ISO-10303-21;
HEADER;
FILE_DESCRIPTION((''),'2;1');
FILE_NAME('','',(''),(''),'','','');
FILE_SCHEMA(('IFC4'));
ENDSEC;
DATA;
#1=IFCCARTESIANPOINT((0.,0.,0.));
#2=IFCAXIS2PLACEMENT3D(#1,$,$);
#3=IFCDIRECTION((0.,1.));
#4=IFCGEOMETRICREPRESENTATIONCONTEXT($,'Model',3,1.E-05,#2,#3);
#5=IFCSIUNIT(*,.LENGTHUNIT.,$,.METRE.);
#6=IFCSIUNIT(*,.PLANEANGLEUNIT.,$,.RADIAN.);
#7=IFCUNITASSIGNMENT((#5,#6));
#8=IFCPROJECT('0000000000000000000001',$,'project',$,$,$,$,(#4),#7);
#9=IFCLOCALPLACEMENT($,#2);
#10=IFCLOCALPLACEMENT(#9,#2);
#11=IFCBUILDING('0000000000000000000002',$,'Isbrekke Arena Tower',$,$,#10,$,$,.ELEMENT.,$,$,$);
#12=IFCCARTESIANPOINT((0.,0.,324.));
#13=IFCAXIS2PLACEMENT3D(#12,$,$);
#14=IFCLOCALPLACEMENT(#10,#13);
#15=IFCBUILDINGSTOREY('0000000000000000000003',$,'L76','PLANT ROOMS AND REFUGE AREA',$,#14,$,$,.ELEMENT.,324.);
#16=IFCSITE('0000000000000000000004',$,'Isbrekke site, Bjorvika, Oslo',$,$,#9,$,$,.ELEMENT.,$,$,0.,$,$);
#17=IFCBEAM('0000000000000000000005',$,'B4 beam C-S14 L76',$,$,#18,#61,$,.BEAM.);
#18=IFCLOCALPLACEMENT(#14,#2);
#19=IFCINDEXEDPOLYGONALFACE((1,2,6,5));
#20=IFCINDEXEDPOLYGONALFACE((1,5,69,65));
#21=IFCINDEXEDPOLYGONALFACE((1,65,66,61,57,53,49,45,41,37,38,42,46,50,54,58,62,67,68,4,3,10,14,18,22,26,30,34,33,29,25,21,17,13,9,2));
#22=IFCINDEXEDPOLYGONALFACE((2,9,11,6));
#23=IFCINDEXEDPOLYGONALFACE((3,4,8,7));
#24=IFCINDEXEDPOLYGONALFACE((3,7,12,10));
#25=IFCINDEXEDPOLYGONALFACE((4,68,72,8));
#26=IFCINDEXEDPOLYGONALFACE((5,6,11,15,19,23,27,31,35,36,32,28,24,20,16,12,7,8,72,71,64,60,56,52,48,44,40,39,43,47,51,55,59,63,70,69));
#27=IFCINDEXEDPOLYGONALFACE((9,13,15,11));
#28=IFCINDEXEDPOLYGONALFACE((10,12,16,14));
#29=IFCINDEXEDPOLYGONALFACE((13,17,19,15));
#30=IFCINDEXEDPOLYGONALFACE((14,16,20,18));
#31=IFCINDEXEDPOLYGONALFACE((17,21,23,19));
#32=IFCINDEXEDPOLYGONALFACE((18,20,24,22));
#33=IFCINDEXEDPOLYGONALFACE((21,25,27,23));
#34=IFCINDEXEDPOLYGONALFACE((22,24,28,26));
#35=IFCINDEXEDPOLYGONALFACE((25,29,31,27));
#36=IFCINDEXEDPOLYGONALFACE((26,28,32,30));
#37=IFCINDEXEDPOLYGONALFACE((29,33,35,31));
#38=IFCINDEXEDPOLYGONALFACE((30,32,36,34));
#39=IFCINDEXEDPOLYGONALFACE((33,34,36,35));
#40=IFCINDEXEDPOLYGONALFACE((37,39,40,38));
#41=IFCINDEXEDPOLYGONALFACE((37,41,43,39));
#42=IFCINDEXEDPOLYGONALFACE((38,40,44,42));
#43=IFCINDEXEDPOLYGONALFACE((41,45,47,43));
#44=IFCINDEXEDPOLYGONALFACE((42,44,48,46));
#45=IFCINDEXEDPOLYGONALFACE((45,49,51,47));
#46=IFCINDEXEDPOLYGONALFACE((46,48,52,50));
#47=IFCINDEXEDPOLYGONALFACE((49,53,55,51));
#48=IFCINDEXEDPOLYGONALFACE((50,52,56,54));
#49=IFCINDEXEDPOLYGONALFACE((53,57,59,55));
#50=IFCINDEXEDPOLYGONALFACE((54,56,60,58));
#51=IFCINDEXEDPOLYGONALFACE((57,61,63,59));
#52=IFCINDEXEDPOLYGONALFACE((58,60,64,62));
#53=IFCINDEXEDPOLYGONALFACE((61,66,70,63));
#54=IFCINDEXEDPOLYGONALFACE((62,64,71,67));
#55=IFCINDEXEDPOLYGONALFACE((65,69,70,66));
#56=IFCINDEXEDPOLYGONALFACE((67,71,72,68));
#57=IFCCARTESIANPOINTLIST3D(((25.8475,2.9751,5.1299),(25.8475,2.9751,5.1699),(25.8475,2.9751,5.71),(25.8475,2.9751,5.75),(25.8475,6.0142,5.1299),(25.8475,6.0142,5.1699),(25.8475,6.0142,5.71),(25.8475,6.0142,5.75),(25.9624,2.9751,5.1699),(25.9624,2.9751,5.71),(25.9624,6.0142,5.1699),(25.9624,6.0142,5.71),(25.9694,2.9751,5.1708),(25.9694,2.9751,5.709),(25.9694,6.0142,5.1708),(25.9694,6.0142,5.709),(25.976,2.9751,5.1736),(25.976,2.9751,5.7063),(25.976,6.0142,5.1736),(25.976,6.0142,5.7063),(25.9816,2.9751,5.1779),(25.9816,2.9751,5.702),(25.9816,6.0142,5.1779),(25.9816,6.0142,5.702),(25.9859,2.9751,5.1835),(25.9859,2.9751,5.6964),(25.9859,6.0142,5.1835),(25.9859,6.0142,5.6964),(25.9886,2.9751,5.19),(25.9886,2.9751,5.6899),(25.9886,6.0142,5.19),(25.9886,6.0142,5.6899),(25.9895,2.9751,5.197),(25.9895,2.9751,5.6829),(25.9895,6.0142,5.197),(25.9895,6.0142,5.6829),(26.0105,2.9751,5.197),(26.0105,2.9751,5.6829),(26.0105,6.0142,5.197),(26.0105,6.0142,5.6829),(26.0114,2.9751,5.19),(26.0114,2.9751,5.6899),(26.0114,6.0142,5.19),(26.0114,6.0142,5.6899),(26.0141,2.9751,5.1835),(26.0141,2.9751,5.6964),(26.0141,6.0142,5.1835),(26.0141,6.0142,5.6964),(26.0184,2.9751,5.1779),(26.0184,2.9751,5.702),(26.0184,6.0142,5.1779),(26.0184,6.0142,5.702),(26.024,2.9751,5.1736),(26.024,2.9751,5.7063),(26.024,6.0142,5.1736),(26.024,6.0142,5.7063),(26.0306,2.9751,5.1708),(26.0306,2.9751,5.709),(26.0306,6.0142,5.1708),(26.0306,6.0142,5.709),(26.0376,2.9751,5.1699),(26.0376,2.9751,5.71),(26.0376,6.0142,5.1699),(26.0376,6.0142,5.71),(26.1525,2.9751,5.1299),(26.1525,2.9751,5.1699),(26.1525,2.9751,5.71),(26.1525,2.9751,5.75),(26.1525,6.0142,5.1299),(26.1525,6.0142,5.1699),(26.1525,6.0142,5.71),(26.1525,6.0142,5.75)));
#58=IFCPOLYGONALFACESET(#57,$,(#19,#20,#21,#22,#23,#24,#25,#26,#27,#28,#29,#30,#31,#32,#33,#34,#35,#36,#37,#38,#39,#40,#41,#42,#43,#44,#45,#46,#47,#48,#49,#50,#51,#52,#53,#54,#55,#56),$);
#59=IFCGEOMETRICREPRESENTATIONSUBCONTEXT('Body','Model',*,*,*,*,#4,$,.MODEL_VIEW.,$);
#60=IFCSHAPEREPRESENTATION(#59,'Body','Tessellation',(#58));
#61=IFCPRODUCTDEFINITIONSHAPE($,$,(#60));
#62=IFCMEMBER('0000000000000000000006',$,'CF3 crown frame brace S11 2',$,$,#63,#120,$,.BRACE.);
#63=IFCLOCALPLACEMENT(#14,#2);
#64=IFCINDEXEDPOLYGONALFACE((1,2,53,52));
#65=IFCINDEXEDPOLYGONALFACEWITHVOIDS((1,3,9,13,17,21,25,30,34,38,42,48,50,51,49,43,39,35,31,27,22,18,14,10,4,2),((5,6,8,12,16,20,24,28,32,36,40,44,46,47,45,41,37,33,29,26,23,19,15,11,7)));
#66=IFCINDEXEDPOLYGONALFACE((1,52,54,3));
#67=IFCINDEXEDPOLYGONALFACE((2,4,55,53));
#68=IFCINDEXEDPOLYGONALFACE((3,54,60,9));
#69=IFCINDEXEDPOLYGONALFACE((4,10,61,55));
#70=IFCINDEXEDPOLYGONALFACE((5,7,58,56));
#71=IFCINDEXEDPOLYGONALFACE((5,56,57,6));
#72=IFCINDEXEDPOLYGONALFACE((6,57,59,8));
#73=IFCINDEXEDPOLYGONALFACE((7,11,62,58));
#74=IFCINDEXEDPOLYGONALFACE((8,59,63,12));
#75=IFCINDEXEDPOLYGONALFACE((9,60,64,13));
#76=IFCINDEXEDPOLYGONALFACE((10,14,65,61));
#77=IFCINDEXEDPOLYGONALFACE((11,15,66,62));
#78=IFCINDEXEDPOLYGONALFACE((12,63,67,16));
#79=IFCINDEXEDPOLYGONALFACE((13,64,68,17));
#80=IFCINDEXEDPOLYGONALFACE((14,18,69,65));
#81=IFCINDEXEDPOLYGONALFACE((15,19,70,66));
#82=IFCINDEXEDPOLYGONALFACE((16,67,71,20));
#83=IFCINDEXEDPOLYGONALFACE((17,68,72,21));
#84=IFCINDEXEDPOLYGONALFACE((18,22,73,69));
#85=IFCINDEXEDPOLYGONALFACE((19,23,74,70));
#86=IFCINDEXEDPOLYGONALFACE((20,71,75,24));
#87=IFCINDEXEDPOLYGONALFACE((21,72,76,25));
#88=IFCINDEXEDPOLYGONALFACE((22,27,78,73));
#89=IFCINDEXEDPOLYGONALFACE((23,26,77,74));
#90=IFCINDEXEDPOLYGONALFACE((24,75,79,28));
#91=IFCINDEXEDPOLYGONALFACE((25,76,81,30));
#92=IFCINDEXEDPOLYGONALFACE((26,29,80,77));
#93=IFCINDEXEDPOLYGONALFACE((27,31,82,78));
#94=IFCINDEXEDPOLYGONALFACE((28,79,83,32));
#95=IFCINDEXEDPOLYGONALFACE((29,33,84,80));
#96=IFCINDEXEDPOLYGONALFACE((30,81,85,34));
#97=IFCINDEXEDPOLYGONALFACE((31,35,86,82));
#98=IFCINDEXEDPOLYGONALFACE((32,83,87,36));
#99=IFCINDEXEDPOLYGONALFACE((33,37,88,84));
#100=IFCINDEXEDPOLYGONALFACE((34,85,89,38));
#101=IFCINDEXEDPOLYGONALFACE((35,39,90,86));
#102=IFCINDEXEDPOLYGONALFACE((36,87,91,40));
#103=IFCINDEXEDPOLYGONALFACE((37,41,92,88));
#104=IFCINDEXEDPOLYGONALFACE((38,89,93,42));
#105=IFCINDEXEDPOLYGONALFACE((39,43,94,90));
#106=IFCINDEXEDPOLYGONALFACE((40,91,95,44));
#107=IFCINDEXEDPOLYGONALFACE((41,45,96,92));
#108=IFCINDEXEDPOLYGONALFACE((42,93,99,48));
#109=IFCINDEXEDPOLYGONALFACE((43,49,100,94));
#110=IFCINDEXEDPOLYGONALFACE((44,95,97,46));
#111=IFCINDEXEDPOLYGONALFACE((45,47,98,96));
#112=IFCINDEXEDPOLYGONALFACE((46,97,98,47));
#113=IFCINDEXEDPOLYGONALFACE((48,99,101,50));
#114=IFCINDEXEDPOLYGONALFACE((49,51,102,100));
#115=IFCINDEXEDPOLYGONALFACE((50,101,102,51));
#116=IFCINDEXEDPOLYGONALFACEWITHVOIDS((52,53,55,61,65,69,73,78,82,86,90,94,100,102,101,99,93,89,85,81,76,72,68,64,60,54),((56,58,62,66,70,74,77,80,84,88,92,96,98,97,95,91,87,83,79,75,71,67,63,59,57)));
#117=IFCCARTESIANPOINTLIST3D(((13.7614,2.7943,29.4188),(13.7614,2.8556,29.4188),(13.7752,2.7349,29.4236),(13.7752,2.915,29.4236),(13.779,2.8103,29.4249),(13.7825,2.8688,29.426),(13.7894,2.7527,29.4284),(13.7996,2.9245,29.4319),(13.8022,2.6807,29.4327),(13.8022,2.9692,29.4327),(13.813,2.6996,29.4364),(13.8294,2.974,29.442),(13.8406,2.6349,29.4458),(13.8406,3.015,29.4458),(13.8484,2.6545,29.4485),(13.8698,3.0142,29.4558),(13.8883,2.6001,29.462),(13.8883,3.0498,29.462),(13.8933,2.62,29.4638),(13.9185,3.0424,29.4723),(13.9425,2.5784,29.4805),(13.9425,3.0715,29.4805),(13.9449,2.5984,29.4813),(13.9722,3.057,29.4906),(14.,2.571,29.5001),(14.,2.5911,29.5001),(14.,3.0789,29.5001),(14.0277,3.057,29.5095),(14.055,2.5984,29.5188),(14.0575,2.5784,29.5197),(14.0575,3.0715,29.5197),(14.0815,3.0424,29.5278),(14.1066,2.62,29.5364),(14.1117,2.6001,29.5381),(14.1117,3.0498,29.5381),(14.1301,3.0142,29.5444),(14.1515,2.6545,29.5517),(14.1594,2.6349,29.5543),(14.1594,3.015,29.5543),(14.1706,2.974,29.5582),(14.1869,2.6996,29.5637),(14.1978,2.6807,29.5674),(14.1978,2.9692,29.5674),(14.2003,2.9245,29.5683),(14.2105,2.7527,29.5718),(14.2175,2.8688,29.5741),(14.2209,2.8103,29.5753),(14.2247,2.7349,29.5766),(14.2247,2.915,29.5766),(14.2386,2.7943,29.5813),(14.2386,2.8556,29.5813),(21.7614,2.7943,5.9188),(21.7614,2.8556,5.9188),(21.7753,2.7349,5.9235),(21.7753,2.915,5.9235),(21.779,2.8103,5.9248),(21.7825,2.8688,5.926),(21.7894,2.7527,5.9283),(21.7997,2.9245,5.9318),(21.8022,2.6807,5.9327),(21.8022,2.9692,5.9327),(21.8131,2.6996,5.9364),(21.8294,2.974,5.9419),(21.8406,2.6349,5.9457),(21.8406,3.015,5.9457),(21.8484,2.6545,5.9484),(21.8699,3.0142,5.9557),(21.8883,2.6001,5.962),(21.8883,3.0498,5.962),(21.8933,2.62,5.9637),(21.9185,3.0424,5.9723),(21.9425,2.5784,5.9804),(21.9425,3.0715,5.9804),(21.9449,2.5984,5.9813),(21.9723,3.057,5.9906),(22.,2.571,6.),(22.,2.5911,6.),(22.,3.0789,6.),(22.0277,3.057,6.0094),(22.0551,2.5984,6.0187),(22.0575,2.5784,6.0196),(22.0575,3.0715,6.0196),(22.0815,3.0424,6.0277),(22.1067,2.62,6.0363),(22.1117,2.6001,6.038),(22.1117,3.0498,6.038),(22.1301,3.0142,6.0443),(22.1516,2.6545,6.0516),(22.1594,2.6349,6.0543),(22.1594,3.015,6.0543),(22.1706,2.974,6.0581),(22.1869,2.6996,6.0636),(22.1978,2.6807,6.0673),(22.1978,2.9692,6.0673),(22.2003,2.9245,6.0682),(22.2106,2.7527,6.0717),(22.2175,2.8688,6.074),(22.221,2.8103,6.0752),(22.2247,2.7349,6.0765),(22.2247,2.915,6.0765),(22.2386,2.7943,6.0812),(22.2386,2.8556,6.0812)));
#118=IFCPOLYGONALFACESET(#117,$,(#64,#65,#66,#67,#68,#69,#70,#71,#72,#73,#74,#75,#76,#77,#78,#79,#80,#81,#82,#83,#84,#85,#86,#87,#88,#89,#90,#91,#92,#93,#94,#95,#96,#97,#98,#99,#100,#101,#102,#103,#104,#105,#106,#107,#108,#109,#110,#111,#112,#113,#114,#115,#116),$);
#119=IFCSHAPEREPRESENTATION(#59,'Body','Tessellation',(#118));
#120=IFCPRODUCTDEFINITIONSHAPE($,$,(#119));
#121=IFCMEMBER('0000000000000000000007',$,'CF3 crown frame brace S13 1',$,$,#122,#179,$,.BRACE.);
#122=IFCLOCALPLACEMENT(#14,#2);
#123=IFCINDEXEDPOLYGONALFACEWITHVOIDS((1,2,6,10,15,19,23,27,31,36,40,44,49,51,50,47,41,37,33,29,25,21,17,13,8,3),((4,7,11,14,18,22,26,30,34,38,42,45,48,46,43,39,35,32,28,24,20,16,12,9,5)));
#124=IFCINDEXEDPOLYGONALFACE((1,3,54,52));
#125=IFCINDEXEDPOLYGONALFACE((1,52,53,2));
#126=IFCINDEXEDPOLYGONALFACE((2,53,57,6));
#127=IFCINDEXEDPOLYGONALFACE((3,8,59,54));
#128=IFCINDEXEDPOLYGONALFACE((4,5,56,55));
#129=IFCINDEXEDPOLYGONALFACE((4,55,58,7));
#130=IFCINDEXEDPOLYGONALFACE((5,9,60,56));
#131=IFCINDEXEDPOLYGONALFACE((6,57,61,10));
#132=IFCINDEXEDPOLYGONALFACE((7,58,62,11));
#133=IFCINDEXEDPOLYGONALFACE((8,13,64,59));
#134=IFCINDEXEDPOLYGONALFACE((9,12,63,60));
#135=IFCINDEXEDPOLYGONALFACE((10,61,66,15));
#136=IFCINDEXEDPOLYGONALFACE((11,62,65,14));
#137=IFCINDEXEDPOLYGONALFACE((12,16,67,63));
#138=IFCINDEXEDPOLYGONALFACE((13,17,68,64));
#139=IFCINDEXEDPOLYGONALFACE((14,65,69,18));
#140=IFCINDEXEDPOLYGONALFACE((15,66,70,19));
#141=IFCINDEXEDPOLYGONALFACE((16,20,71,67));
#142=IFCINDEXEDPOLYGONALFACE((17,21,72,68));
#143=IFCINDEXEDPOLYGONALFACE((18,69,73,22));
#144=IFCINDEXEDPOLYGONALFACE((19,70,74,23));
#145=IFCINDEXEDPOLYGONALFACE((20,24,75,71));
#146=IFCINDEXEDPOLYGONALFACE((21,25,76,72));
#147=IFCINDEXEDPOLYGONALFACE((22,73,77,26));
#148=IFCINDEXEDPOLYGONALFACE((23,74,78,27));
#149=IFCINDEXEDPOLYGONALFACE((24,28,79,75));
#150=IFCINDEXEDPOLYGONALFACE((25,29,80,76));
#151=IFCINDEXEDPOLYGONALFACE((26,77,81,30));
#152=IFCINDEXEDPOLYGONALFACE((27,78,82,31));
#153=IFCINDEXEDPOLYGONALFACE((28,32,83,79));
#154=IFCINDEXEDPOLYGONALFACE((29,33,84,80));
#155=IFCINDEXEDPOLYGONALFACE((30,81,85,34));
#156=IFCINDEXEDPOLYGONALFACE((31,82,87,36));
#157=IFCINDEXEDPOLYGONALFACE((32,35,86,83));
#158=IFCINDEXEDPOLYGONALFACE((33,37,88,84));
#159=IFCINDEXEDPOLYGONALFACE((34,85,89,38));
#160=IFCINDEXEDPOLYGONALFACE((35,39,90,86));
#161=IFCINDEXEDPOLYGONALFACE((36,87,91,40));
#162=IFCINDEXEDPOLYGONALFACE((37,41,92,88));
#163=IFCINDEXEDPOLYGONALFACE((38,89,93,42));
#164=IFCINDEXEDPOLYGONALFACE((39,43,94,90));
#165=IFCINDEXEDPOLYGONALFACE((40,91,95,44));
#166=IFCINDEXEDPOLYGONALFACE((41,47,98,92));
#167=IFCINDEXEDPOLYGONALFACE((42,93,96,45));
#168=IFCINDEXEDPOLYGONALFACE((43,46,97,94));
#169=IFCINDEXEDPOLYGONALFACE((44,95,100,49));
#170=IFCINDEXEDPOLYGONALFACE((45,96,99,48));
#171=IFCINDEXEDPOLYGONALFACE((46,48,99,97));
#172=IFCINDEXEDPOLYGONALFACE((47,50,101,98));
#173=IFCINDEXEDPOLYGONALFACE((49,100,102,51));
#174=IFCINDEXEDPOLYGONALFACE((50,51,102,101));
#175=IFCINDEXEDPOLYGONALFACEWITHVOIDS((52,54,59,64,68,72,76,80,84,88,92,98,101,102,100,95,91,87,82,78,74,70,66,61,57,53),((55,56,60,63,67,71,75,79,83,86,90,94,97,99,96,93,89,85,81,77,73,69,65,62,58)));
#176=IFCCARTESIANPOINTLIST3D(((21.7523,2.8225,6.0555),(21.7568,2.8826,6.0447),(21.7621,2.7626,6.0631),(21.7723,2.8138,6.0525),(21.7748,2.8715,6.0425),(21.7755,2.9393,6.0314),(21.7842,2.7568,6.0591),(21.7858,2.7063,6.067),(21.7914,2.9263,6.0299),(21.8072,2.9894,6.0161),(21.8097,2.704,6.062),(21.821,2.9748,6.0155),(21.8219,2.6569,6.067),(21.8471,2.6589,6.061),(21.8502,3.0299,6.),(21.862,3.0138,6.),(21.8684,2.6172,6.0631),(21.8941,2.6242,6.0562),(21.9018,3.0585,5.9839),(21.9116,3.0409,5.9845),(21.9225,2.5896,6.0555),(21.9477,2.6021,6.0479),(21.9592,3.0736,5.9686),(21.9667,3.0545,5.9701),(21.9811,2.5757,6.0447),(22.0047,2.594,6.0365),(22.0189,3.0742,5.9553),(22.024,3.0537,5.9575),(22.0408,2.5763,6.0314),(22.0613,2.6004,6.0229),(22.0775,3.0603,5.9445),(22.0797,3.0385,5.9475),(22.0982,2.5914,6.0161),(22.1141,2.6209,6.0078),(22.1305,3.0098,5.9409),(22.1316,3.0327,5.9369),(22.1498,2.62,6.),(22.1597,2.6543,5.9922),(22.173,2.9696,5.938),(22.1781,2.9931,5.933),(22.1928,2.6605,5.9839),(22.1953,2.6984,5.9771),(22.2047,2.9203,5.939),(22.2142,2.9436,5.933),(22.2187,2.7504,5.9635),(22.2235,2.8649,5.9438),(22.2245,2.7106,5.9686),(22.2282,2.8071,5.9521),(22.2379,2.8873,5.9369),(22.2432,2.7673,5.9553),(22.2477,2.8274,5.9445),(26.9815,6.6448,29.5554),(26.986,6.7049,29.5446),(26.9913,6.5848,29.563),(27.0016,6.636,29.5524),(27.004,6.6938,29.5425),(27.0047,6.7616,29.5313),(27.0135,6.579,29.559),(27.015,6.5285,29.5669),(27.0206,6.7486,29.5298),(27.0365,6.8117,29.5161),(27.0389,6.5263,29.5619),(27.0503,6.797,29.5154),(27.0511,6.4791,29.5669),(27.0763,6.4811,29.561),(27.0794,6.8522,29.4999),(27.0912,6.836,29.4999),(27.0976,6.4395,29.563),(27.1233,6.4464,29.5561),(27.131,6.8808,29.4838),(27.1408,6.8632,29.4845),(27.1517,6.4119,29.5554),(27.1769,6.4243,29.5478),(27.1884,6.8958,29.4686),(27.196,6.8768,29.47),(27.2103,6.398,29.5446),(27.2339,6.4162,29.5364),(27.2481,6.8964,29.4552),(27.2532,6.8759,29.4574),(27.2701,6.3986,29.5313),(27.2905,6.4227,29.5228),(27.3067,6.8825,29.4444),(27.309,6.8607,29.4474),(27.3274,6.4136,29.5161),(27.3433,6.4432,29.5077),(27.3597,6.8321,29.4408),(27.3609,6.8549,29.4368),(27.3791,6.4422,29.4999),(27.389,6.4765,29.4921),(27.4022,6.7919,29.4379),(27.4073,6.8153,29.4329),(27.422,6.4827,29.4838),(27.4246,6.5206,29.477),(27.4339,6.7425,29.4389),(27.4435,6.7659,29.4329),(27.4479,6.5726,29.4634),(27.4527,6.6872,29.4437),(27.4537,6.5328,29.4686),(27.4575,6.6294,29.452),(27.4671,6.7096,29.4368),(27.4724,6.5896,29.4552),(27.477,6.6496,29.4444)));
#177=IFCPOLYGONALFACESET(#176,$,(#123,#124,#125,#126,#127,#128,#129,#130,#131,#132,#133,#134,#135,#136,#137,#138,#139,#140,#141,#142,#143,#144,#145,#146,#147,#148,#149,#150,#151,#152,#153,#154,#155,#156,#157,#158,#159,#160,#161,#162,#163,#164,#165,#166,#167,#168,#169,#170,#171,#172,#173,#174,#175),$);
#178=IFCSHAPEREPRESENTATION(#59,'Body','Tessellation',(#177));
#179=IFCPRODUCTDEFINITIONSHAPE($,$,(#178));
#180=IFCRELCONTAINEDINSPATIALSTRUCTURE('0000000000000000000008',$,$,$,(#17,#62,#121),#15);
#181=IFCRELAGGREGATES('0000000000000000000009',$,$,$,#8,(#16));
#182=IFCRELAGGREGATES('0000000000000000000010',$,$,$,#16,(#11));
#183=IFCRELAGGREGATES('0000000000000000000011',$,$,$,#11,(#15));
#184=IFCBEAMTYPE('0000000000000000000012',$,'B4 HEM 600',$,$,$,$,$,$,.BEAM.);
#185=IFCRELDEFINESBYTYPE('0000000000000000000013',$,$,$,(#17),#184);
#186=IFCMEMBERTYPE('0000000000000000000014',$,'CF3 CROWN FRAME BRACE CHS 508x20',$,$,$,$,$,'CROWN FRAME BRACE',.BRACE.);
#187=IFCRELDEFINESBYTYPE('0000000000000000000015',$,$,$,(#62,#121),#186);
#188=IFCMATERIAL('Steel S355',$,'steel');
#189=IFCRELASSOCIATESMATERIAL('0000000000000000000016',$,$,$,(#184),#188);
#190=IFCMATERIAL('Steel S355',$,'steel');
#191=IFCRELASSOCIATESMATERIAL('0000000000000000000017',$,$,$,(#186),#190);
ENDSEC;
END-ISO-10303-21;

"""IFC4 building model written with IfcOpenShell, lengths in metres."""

from ifc_helpers import new_model, si_unit, direction, frame, origin, origin_2d, place, context, subcontext, project, spatial, hollow_circle, i_section, extrude, material, material_profile, profile_set, type_object, element, save


model = new_model("IFC4")

# Units and contexts
model_context = context("Model", 3, precision=1e-05, world=origin(), true_north=direction((0.0, 1.0)))
body_context = subcontext(model_context, "Body", "Model", "MODEL_VIEW")
ifc_project = project(units=[si_unit("LENGTHUNIT", "METRE"), si_unit("PLANEANGLEUNIT", "RADIAN")], contexts=[model_context])

# Site, building, storey
site_placement = place(None, origin())
site = spatial("IfcSite", under=ifc_project, at=site_placement, Name="Isbrekke site, Bjorvika, Oslo", CompositionType="ELEMENT", RefElevation=0.0)
building_placement = place(site_placement, origin())
building = spatial("IfcBuilding", under=site, at=building_placement, Name="Isbrekke Arena Tower", CompositionType="ELEMENT")
storey_placement = place(building_placement, frame((0.0, 0.0, 324.0)))
storey = spatial("IfcBuildingStorey", under=building, at=storey_placement, Name="L76", Description="PLANT ROOMS AND REFUGE AREA", CompositionType="ELEMENT", Elevation=324.0)

# Beam
ifc_material_1 = material(Name="Steel S355", Category="steel")
ifc_material_profile_1 = material_profile(ifc_material_1, i_section(OverallWidth=0.3049, OverallDepth=0.6201, WebThickness=0.021, FlangeThickness=0.04, FilletRadius=0.0271, at=origin_2d()), Name="HEM 600")
ifc_profile_set_1 = profile_set([ifc_material_profile_1], Name="Steel S355")
beam_type_1 = type_object("IfcBeamType", Name="B4 HEM 600", PredefinedType="BEAM", material=ifc_profile_set_1)
beam_1_placement = place(storey_placement, frame((26.0, 2.9751, 5.4399), z_axis=(0.0, 1.0, 0.0), x_axis=(-1.0, 0.0, 0.0)))
element("IfcBeam", 1, at=beam_1_placement, inside=storey, type_object=beam_type_1, Name="B4 beam C-S14 L76", PredefinedType="BEAM", context=body_context, shape_type="SweptSolid", body=[
    extrude(i_section(OverallWidth=0.3049, OverallDepth=0.6201, WebThickness=0.021, FlangeThickness=0.04, FilletRadius=0.0271, at=origin_2d()), origin(), (0.0, 0.0, 1.0), 3.0391),
])

# Members
ifc_material_2 = material(Name="Steel S355", Category="steel")
ifc_material_profile_2 = material_profile(ifc_material_2, hollow_circle(Radius=0.2539, WallThickness=0.02, at=origin_2d()), Name="CHS 508x20")
ifc_profile_set_2 = profile_set([ifc_material_profile_2], Name="Steel S355")
member_type_1 = type_object("IfcMemberType", Name="CF3 CROWN FRAME BRACE CHS 508x20", ElementType="CROWN FRAME BRACE", PredefinedType="BRACE", material=ifc_profile_set_2)
member_1_placement = place(storey_placement, frame((22.0, 2.825, 6.0), z_axis=(-0.322264, 0.0, 0.94665), x_axis=(0.0, -1.0, 0.0)))
element("IfcMember", 2, at=member_1_placement, inside=storey, type_object=member_type_1, Name="CF3 crown frame brace S11 2", PredefinedType="BRACE", context=body_context, shape_type="SweptSolid", body=[
    extrude(hollow_circle(Radius=0.2539, WallThickness=0.02, at=origin_2d()), origin(), (0.0, 0.0, 1.0), 24.8245),
])
for number, where, z_axis, x_axis, name in (
    (3, (22.0, 2.825, 6.0), (0.214522, 0.156802, 0.964051), (-0.590106, 0.807326, 0.0), "CF3 crown frame brace S13 1"),
):
    element("IfcMember", number, at=place(storey_placement, frame(where, z_axis=z_axis, x_axis=x_axis)), inside=storey, type_object=member_type_1, Name=name, PredefinedType="BRACE", context=body_context, shape_type="SweptSolid", body=[
        extrude(hollow_circle(Radius=0.2539, WallThickness=0.02, at=origin_2d()), origin(), (0.0, 0.0, 1.0), 24.3762),
    ])

save(model, "model.ifc")
